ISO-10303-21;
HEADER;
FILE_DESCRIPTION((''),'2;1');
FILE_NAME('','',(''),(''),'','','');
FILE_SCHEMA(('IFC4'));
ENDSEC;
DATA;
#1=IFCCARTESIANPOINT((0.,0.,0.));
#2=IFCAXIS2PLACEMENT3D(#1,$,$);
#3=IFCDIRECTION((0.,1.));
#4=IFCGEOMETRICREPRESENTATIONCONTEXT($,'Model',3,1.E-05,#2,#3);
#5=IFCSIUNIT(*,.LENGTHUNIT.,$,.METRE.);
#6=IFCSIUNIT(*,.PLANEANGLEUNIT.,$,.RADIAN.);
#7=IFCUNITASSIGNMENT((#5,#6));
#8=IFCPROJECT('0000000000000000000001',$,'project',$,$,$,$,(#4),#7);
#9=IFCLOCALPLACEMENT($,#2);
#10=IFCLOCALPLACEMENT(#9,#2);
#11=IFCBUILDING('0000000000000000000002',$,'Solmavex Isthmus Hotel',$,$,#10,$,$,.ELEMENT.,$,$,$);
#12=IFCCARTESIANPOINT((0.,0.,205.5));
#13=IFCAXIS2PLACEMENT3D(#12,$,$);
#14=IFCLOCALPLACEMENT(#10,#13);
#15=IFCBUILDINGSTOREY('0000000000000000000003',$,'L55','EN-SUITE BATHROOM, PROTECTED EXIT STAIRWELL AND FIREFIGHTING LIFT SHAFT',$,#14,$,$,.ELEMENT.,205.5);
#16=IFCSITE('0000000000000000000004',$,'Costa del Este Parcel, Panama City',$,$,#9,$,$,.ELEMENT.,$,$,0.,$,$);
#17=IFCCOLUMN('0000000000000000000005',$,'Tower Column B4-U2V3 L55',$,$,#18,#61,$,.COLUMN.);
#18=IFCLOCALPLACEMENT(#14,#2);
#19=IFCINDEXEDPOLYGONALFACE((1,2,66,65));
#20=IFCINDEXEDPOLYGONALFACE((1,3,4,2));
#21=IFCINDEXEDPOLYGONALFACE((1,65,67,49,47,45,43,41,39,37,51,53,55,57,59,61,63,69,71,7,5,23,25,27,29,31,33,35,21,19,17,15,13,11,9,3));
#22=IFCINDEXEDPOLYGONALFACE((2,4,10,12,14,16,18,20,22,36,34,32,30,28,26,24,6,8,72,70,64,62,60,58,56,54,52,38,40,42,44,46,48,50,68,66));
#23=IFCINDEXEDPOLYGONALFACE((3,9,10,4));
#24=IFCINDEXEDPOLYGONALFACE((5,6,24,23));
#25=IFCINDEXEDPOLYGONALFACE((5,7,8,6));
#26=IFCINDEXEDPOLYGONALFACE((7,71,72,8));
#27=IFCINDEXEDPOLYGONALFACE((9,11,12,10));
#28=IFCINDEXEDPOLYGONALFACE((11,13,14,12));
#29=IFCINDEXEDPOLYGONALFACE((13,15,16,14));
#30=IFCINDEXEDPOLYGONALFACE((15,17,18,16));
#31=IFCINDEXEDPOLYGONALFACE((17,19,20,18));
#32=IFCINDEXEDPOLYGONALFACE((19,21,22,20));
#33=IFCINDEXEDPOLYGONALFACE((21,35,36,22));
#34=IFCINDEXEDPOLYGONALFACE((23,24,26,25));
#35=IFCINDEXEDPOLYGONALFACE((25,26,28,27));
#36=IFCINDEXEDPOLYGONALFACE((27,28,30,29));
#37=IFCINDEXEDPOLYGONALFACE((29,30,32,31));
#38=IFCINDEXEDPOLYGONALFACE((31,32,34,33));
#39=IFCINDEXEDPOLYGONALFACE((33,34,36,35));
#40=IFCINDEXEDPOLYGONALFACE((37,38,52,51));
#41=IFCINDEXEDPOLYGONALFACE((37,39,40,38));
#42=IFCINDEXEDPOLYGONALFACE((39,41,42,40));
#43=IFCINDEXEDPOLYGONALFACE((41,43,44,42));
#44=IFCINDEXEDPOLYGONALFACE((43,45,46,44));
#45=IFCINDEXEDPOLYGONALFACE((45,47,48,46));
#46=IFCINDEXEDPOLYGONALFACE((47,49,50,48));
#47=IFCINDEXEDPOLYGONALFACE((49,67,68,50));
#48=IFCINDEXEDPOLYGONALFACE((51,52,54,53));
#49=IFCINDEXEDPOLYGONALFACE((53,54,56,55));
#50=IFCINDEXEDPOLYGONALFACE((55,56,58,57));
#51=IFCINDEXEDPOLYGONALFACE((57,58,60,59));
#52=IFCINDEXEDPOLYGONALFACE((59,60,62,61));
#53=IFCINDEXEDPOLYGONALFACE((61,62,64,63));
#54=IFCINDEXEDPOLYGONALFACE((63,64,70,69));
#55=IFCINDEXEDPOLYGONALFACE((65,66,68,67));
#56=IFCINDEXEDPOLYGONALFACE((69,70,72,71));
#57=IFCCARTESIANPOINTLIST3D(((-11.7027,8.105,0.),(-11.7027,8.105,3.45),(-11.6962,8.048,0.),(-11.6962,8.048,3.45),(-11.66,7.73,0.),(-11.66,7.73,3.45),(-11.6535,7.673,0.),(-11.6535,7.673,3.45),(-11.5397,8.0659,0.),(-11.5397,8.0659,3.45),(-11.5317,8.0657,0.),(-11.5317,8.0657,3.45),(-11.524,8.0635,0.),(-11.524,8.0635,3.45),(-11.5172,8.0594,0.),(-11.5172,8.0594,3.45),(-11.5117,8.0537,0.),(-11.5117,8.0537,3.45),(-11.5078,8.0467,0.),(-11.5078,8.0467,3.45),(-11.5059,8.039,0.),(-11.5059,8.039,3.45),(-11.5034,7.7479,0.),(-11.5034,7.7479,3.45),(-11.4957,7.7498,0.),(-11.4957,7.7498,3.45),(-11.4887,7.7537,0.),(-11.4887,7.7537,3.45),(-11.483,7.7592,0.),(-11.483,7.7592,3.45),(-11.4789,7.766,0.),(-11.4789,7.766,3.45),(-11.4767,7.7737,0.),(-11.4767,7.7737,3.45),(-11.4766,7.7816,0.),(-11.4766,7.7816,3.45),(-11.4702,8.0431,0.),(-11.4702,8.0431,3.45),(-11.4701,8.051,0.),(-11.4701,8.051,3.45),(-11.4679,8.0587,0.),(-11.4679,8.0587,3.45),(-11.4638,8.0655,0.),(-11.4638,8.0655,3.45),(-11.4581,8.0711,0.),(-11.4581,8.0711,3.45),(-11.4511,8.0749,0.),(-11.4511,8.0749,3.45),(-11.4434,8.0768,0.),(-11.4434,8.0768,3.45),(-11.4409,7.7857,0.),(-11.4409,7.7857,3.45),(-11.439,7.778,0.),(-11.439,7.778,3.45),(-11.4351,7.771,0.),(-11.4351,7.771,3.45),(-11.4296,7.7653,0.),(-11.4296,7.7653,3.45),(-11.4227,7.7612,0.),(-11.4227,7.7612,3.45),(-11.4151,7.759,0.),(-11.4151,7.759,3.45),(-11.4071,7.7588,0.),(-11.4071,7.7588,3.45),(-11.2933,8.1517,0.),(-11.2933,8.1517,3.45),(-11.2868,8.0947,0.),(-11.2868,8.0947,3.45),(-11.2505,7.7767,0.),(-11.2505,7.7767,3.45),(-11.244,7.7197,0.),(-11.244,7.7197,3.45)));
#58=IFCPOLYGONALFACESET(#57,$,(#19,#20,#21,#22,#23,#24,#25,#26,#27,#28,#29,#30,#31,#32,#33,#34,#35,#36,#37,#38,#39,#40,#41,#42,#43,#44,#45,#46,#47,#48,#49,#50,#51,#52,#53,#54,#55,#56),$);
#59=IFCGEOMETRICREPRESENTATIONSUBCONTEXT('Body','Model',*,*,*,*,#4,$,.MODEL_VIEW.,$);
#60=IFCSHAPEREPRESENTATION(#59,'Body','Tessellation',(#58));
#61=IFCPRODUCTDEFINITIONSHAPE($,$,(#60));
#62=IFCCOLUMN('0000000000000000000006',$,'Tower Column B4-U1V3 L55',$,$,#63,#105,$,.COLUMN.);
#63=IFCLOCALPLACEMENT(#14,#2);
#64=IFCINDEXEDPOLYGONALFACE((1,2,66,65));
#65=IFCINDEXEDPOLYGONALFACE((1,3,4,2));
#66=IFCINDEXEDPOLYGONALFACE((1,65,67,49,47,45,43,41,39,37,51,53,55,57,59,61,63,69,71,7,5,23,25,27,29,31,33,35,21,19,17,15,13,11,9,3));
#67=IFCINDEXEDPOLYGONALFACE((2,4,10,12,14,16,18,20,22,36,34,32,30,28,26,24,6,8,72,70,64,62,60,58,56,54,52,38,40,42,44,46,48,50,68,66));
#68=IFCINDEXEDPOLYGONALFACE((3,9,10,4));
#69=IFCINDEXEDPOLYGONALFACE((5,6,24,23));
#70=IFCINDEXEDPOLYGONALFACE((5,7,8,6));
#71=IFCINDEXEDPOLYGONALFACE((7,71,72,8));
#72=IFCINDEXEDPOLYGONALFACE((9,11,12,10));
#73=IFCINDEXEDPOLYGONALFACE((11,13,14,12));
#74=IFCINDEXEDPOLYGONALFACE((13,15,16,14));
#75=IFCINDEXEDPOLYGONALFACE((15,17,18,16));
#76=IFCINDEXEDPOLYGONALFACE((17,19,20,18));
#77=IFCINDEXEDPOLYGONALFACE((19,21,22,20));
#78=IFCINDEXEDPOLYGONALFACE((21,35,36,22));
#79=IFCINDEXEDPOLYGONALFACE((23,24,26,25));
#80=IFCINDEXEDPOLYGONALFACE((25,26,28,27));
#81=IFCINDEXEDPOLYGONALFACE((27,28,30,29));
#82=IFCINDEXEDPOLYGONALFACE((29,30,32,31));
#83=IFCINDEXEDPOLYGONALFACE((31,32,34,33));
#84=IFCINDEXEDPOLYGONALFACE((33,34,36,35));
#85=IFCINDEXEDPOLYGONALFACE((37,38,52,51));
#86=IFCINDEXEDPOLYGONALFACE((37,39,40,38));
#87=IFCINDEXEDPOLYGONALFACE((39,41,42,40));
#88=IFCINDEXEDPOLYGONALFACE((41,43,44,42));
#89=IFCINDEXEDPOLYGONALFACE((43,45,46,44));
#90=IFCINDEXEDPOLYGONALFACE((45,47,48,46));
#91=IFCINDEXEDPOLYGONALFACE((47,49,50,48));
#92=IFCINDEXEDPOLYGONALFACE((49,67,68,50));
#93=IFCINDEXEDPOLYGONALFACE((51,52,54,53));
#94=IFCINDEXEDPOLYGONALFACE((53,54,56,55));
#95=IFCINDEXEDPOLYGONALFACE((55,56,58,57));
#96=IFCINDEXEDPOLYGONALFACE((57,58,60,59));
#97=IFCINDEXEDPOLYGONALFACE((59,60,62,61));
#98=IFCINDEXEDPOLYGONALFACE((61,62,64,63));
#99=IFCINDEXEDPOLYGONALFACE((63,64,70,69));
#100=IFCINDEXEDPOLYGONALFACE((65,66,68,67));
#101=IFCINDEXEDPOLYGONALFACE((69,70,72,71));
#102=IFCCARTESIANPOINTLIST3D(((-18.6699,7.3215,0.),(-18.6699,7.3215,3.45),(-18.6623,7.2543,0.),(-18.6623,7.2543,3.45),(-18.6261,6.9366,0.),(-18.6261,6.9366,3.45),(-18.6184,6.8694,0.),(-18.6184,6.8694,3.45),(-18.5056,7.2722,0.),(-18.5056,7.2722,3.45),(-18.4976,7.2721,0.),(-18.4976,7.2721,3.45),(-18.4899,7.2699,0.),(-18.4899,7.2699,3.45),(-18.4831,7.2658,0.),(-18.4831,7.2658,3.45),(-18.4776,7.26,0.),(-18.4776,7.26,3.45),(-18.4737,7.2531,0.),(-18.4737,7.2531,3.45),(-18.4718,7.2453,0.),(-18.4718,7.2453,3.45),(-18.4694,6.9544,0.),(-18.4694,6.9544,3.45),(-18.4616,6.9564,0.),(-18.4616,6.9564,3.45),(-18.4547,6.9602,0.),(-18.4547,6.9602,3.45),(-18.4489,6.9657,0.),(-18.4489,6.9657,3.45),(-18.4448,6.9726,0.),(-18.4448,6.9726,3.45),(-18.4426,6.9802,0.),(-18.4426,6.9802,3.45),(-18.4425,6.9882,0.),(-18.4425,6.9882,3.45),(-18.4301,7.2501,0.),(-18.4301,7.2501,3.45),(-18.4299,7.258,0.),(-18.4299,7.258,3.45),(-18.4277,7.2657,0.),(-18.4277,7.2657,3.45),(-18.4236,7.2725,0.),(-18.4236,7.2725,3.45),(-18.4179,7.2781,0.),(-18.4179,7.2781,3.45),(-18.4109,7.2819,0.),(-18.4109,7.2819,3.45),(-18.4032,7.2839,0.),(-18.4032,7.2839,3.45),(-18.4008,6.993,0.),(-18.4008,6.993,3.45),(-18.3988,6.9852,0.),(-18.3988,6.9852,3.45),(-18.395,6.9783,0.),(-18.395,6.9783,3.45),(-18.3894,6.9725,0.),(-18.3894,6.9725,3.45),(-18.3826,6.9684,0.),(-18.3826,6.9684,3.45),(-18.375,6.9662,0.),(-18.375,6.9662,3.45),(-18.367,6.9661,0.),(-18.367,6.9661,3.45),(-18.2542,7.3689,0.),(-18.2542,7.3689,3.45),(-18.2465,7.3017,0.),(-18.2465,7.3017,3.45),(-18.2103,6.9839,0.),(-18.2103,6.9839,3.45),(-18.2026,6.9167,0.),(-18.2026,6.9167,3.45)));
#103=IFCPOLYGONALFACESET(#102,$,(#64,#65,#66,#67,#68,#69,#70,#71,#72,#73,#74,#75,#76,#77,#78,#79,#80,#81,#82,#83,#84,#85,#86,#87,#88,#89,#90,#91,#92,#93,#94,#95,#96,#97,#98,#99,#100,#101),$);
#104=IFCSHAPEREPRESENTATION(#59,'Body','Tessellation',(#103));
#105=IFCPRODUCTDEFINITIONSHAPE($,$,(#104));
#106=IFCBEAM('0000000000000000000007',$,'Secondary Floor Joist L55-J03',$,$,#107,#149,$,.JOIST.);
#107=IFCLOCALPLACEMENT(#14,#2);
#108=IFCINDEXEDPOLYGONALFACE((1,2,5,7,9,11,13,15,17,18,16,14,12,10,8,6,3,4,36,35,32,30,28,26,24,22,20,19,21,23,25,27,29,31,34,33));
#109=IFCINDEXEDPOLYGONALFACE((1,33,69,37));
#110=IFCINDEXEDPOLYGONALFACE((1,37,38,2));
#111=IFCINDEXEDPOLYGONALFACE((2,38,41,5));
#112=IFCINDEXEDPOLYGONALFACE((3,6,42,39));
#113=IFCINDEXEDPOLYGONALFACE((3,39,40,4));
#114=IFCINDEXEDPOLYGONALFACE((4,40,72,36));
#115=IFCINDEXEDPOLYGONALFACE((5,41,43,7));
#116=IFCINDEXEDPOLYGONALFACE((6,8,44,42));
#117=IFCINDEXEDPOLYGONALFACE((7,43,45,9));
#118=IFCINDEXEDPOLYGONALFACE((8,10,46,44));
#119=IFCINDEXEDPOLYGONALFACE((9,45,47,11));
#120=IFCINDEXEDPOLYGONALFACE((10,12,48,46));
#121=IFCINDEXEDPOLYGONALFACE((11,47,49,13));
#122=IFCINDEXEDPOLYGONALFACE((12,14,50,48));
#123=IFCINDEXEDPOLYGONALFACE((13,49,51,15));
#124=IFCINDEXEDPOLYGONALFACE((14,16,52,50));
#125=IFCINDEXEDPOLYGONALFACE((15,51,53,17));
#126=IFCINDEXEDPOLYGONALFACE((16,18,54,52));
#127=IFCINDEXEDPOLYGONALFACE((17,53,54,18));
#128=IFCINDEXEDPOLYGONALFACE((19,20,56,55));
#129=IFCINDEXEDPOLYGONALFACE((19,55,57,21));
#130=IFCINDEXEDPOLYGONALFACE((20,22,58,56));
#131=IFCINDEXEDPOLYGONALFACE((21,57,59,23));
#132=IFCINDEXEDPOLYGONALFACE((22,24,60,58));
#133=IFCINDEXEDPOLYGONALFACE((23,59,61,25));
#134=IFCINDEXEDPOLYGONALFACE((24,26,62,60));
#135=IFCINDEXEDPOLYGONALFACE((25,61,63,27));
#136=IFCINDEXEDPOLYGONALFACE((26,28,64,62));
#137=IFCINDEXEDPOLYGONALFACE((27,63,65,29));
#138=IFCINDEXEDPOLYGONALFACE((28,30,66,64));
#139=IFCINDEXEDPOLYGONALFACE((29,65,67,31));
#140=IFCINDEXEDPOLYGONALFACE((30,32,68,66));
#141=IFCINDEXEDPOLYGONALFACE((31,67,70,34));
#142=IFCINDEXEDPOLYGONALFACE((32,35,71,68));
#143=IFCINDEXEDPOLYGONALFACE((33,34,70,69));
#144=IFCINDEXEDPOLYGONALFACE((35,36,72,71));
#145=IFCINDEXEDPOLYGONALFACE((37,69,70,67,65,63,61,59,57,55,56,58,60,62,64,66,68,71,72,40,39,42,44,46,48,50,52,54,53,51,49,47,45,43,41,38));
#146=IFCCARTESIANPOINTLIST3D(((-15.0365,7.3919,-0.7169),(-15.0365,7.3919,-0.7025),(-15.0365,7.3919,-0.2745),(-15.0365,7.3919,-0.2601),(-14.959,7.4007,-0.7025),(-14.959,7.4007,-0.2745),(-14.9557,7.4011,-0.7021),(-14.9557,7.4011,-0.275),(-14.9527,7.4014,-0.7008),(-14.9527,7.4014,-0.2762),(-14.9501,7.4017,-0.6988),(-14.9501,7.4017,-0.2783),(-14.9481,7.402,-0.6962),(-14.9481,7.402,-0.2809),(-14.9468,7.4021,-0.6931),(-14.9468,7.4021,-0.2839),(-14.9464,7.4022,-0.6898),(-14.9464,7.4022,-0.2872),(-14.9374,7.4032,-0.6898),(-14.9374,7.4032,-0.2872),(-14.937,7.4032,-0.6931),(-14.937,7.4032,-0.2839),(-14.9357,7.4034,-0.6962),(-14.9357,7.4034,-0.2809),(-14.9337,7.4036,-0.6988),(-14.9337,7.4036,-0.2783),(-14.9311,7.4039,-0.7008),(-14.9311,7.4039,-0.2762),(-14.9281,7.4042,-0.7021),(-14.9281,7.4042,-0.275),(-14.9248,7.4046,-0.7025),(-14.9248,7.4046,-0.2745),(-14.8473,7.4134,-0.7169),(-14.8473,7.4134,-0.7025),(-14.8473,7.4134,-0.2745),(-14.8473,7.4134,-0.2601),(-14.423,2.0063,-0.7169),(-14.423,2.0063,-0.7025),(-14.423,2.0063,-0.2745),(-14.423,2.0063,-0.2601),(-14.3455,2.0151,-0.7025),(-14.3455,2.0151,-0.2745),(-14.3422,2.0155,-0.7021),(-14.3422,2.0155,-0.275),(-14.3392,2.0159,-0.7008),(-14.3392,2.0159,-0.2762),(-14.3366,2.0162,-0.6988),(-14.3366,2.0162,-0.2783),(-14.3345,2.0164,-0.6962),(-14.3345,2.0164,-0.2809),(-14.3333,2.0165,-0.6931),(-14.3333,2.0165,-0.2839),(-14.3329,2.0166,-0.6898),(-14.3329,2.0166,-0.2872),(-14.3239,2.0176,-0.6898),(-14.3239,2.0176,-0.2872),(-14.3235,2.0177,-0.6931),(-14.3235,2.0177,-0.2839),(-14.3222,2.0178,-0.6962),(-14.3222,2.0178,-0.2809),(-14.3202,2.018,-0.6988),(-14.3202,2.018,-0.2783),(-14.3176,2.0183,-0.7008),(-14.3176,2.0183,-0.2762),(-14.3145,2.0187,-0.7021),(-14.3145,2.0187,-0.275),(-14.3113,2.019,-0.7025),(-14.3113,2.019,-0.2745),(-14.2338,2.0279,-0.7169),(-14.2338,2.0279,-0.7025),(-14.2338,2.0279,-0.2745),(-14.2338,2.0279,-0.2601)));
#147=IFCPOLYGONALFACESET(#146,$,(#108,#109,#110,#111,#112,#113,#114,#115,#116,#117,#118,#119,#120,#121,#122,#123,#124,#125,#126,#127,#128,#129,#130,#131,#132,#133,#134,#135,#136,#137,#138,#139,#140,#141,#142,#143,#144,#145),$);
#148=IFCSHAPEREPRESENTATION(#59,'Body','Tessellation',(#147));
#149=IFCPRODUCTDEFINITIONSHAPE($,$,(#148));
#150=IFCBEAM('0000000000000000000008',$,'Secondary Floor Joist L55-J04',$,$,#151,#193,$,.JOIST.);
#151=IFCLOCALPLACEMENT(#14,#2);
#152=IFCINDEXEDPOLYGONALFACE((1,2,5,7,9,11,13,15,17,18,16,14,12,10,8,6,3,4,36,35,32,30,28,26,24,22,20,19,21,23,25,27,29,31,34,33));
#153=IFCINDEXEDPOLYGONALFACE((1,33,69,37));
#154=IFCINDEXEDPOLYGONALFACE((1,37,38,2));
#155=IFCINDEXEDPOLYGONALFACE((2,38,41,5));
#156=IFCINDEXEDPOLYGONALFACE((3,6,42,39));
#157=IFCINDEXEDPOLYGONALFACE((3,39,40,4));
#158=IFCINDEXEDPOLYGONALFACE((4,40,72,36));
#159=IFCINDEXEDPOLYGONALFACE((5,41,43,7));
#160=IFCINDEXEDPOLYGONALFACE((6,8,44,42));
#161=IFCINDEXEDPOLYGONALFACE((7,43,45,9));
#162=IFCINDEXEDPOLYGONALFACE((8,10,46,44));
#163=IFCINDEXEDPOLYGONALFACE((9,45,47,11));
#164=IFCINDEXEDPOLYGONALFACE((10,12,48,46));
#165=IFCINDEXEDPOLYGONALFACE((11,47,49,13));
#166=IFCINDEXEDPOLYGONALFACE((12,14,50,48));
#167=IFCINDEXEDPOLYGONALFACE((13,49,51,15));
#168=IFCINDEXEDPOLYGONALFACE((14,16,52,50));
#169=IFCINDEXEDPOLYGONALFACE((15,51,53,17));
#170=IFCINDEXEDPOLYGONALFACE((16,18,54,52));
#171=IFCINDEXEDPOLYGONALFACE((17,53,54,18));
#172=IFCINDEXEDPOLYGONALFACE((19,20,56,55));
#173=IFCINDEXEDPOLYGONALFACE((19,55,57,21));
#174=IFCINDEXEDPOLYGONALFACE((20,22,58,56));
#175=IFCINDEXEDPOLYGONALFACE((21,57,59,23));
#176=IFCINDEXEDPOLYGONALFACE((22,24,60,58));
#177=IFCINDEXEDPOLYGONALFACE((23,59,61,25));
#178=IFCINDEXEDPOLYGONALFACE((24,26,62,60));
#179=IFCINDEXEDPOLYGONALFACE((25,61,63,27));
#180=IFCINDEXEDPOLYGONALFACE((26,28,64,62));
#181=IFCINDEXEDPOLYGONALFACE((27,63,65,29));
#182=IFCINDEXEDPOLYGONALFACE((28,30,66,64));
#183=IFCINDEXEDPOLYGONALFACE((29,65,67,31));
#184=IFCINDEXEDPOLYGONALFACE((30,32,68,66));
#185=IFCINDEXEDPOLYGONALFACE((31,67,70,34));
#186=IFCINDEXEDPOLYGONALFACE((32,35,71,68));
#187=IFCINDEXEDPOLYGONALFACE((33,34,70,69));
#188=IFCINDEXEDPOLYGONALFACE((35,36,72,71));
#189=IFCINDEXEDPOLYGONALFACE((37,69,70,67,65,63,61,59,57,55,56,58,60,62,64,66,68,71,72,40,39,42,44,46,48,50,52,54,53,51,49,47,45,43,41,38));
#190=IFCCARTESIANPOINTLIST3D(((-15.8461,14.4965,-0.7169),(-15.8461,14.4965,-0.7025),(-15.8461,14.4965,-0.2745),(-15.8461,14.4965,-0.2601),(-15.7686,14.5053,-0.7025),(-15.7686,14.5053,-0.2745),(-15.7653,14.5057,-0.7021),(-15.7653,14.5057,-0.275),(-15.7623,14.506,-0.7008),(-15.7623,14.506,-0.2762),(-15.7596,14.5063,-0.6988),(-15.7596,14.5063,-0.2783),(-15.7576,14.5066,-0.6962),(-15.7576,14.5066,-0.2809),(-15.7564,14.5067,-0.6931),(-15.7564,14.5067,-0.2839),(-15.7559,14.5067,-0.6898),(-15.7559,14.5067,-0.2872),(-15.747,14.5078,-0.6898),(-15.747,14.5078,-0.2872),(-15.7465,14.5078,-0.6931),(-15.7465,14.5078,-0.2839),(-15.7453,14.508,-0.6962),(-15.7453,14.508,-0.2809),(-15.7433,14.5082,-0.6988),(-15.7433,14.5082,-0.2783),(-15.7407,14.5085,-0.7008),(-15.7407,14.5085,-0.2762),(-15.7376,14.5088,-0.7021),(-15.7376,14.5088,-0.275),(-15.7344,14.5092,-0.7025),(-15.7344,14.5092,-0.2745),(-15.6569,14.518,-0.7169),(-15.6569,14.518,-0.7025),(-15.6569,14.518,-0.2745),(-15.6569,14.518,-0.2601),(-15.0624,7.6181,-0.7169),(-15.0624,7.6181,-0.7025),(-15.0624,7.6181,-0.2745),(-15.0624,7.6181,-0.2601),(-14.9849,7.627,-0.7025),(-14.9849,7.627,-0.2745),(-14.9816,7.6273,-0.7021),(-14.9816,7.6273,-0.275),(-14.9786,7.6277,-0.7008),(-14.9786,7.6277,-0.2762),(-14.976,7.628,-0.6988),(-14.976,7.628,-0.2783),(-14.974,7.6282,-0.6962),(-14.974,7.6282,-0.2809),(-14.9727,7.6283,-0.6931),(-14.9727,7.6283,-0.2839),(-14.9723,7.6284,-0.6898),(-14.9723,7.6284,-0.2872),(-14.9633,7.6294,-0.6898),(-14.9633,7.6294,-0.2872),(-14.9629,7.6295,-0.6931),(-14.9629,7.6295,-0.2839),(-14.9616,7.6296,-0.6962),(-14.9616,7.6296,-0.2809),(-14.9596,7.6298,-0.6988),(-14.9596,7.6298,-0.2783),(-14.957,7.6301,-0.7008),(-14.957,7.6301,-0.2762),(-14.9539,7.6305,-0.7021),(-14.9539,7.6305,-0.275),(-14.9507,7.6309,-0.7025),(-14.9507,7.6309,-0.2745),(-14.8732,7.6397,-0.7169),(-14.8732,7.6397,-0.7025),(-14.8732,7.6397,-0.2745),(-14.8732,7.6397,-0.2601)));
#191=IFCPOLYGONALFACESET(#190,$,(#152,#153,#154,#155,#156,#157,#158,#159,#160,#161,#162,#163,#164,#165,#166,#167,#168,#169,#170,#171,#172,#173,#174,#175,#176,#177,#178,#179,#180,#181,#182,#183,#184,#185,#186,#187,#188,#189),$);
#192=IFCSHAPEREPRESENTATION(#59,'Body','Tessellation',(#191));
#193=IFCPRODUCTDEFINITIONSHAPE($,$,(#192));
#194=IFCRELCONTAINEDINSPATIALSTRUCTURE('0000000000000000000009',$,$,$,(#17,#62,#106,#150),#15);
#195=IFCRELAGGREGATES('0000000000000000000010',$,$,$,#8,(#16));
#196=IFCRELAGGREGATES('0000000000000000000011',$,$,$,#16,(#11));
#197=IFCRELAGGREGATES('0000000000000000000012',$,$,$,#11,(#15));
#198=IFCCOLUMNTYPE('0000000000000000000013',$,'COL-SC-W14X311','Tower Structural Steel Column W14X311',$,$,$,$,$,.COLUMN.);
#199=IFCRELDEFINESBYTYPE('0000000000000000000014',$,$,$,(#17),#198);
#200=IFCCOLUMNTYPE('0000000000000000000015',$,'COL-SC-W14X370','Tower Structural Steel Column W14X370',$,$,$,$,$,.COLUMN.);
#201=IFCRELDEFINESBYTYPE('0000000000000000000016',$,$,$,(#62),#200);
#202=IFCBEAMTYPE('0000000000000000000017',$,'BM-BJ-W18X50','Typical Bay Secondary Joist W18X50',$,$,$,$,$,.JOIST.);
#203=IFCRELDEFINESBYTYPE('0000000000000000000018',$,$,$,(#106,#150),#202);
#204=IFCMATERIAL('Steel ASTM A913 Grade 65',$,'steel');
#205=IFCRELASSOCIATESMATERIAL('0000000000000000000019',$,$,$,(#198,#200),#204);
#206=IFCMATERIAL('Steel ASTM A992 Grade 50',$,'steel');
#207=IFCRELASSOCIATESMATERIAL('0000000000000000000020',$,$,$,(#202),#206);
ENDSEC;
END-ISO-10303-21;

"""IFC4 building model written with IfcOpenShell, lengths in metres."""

from ifc_helpers import new_model, si_unit, direction, frame, origin, origin_2d, place, context, subcontext, project, spatial, i_section, extrude, material, material_profile, profile_set, type_object, element, save


model = new_model("IFC4")

# Units and contexts
model_context = context("Model", 3, precision=1e-05, world=origin(), true_north=direction((0.0, 1.0)))
body_context = subcontext(model_context, "Body", "Model", "MODEL_VIEW")
ifc_project = project(units=[si_unit("LENGTHUNIT", "METRE"), si_unit("PLANEANGLEUNIT", "RADIAN")], contexts=[model_context])

# Site, building, storey
site_placement = place(None, origin())
site = spatial("IfcSite", under=ifc_project, at=site_placement, Name="Costa del Este Parcel, Panama City", CompositionType="ELEMENT", RefElevation=0.0)
building_placement = place(site_placement, origin())
building = spatial("IfcBuilding", under=site, at=building_placement, Name="Solmavex Isthmus Hotel", CompositionType="ELEMENT")
storey_placement = place(building_placement, frame((0.0, 0.0, 205.5)))
storey = spatial("IfcBuildingStorey", under=building, at=storey_placement, Name="L55", Description="EN-SUITE BATHROOM, PROTECTED EXIT STAIRWELL AND FIREFIGHTING LIFT SHAFT", CompositionType="ELEMENT", Elevation=205.5)

# Columns
ifc_material_1 = material(Name="Steel ASTM A913 Grade 65", Category="steel")
ifc_material_profile_1 = material_profile(ifc_material_1, i_section(OverallWidth=0.4121, OverallDepth=0.4348, WebThickness=0.0359, FlangeThickness=0.0574, FilletRadius=0.0305, at=origin_2d()), Name="W14X311")
ifc_profile_set_1 = profile_set([ifc_material_profile_1], Name="Steel ASTM A913 Grade 65")
column_type_1 = type_object("IfcColumnType", Name="COL-SC-W14X311", Description="Tower Structural Steel Column W14X311", PredefinedType="COLUMN", material=ifc_profile_set_1)
column_1_placement = place(storey_placement, frame((-11.4734, 7.9124, 0.0), z_axis=(0.0, 0.0, 1.0), x_axis=(0.993572, 0.113203, 0.0)))
element("IfcColumn", 1, at=column_1_placement, inside=storey, type_object=column_type_1, Name="Tower Column B4-U2V3 L55", PredefinedType="COLUMN", context=body_context, shape_type="SweptSolid", body=[
    extrude(i_section(OverallWidth=0.4121, OverallDepth=0.4348, WebThickness=0.0359, FlangeThickness=0.0574, FilletRadius=0.0305, at=origin_2d()), origin(), (0.0, 0.0, 1.0), 3.45),
])
ifc_material_profile_2 = material_profile(ifc_material_1, i_section(OverallWidth=0.4185, OverallDepth=0.4551, WebThickness=0.042, FlangeThickness=0.0676, FilletRadius=0.0305, at=origin_2d()), Name="W14X370")
ifc_profile_set_2 = profile_set([ifc_material_profile_2], Name="Steel ASTM A913 Grade 65")
column_type_2 = type_object("IfcColumnType", Name="COL-SC-W14X370", Description="Tower Structural Steel Column W14X370", PredefinedType="COLUMN", material=ifc_profile_set_2)
column_2_placement = place(storey_placement, frame((-18.4363, 7.1191, 0.0), z_axis=(0.0, 0.0, 1.0), x_axis=(0.993572, 0.113203, 0.0)))
element("IfcColumn", 2, at=column_2_placement, inside=storey, type_object=column_type_2, Name="Tower Column B4-U1V3 L55", PredefinedType="COLUMN", context=body_context, shape_type="SweptSolid", body=[
    extrude(i_section(OverallWidth=0.4185, OverallDepth=0.4551, WebThickness=0.042, FlangeThickness=0.0676, FilletRadius=0.0305, at=origin_2d()), origin(), (0.0, 0.0, 1.0), 3.45),
])

# Beams
ifc_material_2 = material(Name="Steel ASTM A992 Grade 50", Category="steel")
ifc_material_profile_3 = material_profile(ifc_material_2, i_section(OverallWidth=0.1904, OverallDepth=0.4568, WebThickness=0.009, FlangeThickness=0.0144, FilletRadius=0.0127, at=origin_2d()), Name="W18X50")
ifc_profile_set_3 = profile_set([ifc_material_profile_3], Name="Steel ASTM A992 Grade 50")
beam_type_1 = type_object("IfcBeamType", Name="BM-BJ-W18X50", Description="Typical Bay Secondary Joist W18X50", PredefinedType="JOIST", material=ifc_profile_set_3)
beam_1_placement = place(storey_placement, frame((-14.3284, 2.0171, -0.4885), z_axis=(-0.11319, 0.993573, 0.0), x_axis=(-0.993573, -0.11319, 0.0)))
element("IfcBeam", 3, at=beam_1_placement, inside=storey, type_object=beam_type_1, Name="Secondary Floor Joist L55-J03", PredefinedType="JOIST", context=body_context, shape_type="SweptSolid", body=[
    extrude(i_section(OverallWidth=0.1904, OverallDepth=0.4568, WebThickness=0.009, FlangeThickness=0.0144, FilletRadius=0.0127, at=origin_2d()), origin(), (0.0, 0.0, 1.0), 5.4204),
])
beam_2_placement = place(storey_placement, frame((-14.9678, 7.6289, -0.4885), z_axis=(-0.113202, 0.993572, 0.0), x_axis=(-0.993572, -0.113202, 0.0)))
element("IfcBeam", 4, at=beam_2_placement, inside=storey, type_object=beam_type_1, Name="Secondary Floor Joist L55-J04", PredefinedType="JOIST", context=body_context, shape_type="SweptSolid", body=[
    extrude(i_section(OverallWidth=0.1904, OverallDepth=0.4568, WebThickness=0.009, FlangeThickness=0.0144, FilletRadius=0.0127, at=origin_2d()), origin(), (0.0, 0.0, 1.0), 6.9229),
])

save(model, "model.ifc")
